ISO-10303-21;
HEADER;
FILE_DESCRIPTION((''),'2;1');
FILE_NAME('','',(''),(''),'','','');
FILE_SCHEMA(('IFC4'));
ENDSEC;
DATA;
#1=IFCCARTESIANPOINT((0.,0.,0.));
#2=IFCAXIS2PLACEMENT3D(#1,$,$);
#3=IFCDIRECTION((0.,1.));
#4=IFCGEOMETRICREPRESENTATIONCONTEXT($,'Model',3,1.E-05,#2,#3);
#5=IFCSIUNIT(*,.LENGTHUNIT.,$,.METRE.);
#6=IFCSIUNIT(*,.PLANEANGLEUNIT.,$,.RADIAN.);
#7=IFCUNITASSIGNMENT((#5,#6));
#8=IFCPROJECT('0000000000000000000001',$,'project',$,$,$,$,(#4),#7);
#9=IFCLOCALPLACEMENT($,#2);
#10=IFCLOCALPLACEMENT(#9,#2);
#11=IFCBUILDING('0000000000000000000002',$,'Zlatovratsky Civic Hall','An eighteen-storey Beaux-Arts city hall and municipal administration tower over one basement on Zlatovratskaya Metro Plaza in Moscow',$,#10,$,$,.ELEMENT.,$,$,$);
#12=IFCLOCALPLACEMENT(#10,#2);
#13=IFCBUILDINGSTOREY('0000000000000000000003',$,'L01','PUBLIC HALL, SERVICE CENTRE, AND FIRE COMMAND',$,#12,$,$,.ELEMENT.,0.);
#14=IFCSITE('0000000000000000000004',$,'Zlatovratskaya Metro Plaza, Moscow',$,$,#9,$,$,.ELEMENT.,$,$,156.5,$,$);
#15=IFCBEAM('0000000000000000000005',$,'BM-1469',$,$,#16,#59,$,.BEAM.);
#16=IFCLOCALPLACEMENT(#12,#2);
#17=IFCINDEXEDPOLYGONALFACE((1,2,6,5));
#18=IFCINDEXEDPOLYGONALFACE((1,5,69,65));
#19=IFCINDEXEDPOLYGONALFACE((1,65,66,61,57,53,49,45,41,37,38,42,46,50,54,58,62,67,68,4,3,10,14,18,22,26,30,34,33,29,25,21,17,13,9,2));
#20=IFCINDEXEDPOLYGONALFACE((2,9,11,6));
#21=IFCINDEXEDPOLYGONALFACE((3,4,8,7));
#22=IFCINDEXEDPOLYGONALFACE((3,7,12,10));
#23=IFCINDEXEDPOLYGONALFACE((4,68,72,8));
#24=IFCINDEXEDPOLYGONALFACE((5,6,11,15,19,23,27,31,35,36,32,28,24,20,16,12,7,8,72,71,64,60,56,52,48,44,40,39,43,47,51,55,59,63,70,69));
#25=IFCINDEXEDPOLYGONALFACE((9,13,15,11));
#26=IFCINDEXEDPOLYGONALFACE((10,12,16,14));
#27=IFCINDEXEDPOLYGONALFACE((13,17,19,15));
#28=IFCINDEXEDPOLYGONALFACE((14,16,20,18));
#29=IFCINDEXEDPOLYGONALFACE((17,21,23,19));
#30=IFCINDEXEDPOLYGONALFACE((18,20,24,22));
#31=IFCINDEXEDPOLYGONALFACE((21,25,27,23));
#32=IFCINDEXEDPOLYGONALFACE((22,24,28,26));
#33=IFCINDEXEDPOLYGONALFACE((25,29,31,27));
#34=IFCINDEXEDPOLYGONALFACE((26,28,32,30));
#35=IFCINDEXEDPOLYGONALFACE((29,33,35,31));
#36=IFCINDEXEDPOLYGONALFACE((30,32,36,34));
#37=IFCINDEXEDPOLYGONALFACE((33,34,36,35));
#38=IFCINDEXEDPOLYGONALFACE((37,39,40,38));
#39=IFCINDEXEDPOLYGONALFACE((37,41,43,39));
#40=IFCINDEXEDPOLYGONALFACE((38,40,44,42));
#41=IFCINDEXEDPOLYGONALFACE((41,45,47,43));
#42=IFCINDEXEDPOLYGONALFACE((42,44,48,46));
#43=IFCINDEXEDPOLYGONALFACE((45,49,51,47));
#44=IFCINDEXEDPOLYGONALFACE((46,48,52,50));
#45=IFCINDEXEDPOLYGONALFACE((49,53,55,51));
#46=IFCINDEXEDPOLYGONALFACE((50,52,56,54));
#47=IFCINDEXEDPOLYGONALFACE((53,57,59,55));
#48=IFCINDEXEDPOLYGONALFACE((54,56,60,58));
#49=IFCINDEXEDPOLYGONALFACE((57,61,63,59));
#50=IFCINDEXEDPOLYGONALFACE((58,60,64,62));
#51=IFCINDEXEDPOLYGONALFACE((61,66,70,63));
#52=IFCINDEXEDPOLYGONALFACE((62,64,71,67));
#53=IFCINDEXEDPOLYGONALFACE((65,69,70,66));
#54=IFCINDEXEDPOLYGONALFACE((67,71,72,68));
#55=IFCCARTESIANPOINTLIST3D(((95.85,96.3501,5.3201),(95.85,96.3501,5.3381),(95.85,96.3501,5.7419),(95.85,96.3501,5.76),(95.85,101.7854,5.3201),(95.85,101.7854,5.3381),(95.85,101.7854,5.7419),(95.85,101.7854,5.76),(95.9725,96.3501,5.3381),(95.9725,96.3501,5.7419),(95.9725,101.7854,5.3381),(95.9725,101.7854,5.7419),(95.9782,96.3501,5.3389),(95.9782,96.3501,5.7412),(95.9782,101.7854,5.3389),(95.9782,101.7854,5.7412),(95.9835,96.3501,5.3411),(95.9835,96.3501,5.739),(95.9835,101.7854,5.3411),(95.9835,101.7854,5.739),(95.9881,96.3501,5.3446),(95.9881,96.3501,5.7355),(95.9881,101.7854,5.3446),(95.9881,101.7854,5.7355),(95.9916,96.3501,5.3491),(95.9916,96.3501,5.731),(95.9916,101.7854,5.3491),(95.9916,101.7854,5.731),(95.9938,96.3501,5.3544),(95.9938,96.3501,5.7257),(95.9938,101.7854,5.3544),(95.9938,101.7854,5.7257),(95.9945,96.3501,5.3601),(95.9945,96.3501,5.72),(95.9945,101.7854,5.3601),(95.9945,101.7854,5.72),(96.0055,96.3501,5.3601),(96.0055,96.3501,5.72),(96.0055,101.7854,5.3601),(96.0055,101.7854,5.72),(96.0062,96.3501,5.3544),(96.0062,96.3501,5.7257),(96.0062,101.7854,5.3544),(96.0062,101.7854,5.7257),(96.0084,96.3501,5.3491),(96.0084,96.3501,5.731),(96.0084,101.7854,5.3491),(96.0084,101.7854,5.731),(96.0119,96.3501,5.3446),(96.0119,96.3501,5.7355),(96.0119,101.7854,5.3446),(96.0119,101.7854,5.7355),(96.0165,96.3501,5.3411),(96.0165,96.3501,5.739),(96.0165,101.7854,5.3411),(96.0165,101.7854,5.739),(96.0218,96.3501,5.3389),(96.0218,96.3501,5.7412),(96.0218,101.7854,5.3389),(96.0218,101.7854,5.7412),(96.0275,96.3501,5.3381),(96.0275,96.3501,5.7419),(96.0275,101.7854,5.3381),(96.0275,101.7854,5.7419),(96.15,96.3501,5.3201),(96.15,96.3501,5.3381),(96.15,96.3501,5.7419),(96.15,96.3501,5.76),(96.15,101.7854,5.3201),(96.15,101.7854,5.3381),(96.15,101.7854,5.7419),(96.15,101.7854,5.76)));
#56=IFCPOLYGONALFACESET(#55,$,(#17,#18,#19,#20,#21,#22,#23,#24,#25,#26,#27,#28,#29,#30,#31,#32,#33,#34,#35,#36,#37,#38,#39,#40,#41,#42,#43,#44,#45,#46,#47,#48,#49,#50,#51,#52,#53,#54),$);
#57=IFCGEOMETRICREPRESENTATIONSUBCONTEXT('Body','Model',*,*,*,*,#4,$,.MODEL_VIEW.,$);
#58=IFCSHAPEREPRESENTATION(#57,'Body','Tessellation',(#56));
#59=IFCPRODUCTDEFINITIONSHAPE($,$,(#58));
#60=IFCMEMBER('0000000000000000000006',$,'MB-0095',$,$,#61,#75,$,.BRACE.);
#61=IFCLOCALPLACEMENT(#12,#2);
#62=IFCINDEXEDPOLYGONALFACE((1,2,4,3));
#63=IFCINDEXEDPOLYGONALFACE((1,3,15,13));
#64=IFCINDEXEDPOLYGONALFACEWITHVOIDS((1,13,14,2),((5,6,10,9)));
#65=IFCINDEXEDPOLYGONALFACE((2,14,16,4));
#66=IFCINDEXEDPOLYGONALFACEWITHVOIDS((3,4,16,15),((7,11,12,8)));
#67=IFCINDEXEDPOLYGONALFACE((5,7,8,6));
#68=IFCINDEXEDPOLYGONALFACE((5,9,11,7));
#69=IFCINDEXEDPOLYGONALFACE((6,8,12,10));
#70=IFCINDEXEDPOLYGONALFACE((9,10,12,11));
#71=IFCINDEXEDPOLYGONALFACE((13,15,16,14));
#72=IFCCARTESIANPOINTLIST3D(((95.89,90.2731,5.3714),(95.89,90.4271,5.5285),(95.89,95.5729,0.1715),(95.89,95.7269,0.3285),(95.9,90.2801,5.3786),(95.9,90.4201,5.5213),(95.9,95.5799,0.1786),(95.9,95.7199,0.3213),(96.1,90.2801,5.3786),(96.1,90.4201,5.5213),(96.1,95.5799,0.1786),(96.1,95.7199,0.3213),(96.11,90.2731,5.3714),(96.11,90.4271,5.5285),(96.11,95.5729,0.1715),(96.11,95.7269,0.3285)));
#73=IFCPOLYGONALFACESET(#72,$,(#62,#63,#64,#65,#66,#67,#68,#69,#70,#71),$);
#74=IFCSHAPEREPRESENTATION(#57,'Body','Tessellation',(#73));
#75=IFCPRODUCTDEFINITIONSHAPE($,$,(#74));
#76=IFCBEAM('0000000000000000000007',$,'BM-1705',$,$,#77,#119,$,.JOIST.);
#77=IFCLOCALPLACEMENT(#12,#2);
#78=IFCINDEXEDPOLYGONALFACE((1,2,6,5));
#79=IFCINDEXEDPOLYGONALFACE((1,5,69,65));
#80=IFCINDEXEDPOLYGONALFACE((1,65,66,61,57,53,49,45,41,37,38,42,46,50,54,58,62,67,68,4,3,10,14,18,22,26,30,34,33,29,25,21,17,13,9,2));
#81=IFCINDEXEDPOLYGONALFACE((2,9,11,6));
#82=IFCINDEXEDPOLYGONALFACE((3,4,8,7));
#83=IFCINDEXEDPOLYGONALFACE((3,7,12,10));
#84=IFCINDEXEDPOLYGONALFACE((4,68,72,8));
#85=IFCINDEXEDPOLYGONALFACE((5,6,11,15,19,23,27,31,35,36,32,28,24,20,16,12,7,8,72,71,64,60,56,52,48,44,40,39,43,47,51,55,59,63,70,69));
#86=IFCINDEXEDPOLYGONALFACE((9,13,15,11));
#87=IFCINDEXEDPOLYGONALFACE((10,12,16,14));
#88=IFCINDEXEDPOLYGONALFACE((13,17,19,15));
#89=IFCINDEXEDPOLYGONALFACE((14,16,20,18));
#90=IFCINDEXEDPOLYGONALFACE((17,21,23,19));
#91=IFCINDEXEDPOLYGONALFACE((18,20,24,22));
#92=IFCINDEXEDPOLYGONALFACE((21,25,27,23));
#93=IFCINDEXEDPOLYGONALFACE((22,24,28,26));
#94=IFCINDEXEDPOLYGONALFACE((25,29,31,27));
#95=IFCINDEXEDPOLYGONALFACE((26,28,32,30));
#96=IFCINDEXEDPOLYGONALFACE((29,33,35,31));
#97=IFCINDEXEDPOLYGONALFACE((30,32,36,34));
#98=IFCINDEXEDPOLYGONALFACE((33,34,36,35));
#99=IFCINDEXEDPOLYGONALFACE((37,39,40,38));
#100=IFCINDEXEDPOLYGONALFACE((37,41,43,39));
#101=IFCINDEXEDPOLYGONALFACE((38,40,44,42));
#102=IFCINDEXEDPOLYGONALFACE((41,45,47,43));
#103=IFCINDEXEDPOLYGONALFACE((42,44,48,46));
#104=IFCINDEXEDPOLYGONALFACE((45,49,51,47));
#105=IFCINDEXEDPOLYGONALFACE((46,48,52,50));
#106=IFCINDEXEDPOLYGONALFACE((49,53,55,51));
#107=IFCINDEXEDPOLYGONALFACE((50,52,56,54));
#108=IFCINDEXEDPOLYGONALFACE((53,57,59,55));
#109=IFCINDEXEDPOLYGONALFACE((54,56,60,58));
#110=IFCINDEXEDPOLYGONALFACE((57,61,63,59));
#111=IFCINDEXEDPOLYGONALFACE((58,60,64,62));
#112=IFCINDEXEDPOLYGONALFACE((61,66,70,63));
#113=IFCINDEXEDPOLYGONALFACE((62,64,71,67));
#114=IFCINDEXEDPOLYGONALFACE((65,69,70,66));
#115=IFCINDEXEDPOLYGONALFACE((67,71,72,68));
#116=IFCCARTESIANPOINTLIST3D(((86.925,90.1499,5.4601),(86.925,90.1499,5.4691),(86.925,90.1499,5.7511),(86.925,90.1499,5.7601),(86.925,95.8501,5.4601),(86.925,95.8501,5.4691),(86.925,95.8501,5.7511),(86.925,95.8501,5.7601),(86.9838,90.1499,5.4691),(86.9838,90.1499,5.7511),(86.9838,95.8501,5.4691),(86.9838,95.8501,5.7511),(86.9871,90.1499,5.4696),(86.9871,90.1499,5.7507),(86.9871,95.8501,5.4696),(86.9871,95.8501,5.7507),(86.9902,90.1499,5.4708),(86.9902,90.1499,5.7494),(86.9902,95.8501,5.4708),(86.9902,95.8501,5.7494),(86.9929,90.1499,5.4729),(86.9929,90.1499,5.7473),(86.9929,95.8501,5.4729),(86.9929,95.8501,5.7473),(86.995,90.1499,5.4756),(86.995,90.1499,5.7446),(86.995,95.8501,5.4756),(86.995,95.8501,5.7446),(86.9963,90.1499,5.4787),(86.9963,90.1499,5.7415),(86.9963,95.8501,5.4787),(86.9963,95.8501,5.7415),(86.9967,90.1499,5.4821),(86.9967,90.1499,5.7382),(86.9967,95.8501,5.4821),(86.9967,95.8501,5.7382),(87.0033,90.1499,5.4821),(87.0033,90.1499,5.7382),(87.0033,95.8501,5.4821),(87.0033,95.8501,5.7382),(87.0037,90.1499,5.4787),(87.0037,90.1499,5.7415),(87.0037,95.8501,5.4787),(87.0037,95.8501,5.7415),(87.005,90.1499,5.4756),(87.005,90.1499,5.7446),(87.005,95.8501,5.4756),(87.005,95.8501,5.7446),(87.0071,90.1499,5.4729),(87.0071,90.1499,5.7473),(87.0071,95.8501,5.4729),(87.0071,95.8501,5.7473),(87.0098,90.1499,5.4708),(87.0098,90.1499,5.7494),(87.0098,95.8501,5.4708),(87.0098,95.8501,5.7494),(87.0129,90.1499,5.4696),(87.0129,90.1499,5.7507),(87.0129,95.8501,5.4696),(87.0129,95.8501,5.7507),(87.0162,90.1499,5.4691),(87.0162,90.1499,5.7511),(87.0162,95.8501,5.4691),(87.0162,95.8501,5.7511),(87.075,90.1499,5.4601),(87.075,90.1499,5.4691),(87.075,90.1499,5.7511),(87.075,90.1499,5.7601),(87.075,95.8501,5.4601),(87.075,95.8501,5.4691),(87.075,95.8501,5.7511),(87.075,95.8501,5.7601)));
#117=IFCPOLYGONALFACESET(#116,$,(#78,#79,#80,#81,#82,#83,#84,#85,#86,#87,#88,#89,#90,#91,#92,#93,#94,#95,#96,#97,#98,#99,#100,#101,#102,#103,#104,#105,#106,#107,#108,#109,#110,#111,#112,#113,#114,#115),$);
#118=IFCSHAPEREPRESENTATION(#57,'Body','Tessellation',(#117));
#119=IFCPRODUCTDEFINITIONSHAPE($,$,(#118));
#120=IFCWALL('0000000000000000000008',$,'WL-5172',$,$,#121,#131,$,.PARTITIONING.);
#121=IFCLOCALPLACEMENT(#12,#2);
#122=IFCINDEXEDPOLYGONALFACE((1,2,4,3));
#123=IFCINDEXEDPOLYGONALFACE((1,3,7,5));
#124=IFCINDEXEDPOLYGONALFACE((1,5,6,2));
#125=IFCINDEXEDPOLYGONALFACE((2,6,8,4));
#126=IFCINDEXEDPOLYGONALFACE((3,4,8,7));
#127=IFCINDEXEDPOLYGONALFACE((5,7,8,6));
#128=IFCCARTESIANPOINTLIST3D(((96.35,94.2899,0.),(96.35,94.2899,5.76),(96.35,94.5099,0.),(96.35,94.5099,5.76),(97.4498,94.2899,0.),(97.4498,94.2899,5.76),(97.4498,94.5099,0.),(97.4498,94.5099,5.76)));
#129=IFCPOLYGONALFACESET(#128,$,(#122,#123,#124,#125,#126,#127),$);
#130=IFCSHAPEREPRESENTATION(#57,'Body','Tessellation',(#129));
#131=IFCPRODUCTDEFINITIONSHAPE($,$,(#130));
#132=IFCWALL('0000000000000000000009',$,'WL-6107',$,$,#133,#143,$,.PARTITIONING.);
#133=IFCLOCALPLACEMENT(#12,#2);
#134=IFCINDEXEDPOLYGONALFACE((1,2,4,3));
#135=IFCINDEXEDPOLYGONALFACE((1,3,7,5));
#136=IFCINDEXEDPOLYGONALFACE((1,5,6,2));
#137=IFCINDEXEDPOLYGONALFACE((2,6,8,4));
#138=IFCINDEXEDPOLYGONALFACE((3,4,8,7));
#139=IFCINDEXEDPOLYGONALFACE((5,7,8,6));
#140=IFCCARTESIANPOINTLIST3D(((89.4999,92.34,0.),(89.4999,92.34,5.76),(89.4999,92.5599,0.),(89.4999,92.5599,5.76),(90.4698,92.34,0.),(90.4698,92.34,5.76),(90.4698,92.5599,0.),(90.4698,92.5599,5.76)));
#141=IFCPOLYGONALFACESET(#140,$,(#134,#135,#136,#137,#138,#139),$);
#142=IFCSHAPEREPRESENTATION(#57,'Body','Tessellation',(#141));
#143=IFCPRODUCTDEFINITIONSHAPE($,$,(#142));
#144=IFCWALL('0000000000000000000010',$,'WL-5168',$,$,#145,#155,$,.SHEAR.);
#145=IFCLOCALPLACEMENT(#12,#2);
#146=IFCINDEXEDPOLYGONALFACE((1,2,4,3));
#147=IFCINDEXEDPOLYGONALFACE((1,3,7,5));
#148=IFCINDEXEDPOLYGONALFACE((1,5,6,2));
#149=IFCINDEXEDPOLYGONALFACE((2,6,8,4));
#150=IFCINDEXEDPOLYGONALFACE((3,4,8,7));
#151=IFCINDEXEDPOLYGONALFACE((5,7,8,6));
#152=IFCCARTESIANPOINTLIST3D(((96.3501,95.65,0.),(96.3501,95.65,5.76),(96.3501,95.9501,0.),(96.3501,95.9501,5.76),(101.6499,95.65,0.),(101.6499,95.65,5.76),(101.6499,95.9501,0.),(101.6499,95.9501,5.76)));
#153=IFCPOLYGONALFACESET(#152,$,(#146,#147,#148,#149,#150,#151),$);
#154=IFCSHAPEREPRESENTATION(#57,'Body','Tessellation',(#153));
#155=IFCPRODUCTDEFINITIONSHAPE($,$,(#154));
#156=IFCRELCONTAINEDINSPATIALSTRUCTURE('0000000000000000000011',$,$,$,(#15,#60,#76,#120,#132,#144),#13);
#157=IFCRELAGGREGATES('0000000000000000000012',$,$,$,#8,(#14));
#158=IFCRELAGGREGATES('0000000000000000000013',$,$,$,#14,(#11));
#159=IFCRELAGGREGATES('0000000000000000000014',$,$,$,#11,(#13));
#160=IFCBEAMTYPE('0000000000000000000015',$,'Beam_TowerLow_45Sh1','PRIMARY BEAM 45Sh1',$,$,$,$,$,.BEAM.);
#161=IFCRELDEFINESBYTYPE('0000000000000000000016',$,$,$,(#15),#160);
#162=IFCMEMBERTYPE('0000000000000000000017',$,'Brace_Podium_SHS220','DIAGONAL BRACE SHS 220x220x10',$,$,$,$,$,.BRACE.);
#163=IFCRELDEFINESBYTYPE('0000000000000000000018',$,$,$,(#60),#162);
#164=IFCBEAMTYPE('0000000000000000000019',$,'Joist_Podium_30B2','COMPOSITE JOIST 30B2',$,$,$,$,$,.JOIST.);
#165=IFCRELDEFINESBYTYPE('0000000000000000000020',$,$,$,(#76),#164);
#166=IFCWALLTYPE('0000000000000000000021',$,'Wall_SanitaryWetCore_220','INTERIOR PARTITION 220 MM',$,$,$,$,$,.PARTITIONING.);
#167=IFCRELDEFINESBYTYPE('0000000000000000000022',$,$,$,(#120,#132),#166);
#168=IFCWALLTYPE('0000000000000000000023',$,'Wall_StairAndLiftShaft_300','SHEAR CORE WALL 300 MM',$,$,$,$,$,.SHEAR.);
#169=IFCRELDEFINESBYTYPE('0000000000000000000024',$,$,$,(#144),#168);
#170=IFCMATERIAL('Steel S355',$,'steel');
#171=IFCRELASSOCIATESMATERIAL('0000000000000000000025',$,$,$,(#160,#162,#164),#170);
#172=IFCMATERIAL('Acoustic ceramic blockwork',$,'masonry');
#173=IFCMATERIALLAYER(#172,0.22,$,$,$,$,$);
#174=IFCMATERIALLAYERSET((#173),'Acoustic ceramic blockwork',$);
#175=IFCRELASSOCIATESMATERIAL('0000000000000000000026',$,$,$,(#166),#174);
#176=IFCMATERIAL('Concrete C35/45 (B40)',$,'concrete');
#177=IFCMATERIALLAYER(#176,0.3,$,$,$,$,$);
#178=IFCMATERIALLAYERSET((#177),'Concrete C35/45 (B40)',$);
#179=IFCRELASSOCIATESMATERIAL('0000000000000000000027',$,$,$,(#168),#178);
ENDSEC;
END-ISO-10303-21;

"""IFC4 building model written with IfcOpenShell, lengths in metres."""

from ifc_helpers import new_model, si_unit, direction, frame, frame_2d, origin, origin_2d, place, context, subcontext, project, spatial, rectangle, hollow_rectangle, i_section, extrude, material, layer, layer_set, material_profile, profile_set, type_object, element, save


model = new_model("IFC4")

# Units and contexts
model_context = context("Model", 3, precision=1e-05, world=origin(), true_north=direction((0.0, 1.0)))
body_context = subcontext(model_context, "Body", "Model", "MODEL_VIEW")
ifc_project = project(units=[si_unit("LENGTHUNIT", "METRE"), si_unit("PLANEANGLEUNIT", "RADIAN")], contexts=[model_context])

# Site, building, storey
site_placement = place(None, origin())
site = spatial("IfcSite", under=ifc_project, at=site_placement, Name="Zlatovratskaya Metro Plaza, Moscow", CompositionType="ELEMENT", RefElevation=156.5)
building_placement = place(site_placement, origin())
building = spatial("IfcBuilding", under=site, at=building_placement, Name="Zlatovratsky Civic Hall", Description="An eighteen-storey Beaux-Arts city hall and municipal administration tower over one basement on Zlatovratskaya Metro Plaza in Moscow", CompositionType="ELEMENT")
storey_placement = place(building_placement, origin())
storey = spatial("IfcBuildingStorey", under=building, at=storey_placement, Name="L01", Description="PUBLIC HALL, SERVICE CENTRE, AND FIRE COMMAND", CompositionType="ELEMENT", Elevation=0.0)

# Shared definitions
ifc_material_1 = material(Name="Concrete C35/45 (B40)", Category="concrete")
ifc_material_2 = material(Name="Steel S355", Category="steel")

# Beam
ifc_material_profile_1 = material_profile(ifc_material_2, i_section(OverallWidth=0.3, OverallDepth=0.4399, WebThickness=0.011, FlangeThickness=0.0181, FilletRadius=0.022, at=origin_2d()), Name="45Sh1")
ifc_profile_set_1 = profile_set([ifc_material_profile_1], Name="Steel S355")
beam_type_1 = type_object("IfcBeamType", Name="Beam_TowerLow_45Sh1", Description="PRIMARY BEAM 45Sh1", PredefinedType="BEAM", material=ifc_profile_set_1)
beam_1_placement = place(storey_placement, frame((96.0, 96.3501, 5.54), z_axis=(0.0, 1.0, 0.0), x_axis=(-1.0, 0.0, 0.0)))
element("IfcBeam", 1, at=beam_1_placement, inside=storey, type_object=beam_type_1, Name="BM-1469", PredefinedType="BEAM", context=body_context, shape_type="SweptSolid", body=[
    extrude(i_section(OverallWidth=0.3, OverallDepth=0.4399, WebThickness=0.011, FlangeThickness=0.0181, FilletRadius=0.022, at=origin_2d()), origin(), (0.0, 0.0, 1.0), 5.4353),
])

# Member
ifc_material_profile_2 = material_profile(ifc_material_2, hollow_rectangle(XDim=0.22, YDim=0.22, WallThickness=0.01, at=origin_2d()), Name="SHS 220x220x10")
ifc_profile_set_2 = profile_set([ifc_material_profile_2], Name="Steel S355")
member_type = type_object("IfcMemberType", Name="Brace_Podium_SHS220", Description="DIAGONAL BRACE SHS 220x220x10", PredefinedType="BRACE", material=ifc_profile_set_2)
member_placement = place(storey_placement, frame((96.0, 90.3501, 5.45), z_axis=(0.0, 0.713799, -0.70035), x_axis=(-1.0, 0.0, 0.0)))
element("IfcMember", 2, at=member_placement, inside=storey, type_object=member_type, Name="MB-0095", PredefinedType="BRACE", context=body_context, shape_type="SweptSolid", body=[
    extrude(hollow_rectangle(XDim=0.22, YDim=0.22, WallThickness=0.01, at=origin_2d()), origin(), (0.0, 0.0, 1.0), 7.4248),
])

# Beam
ifc_material_profile_3 = material_profile(ifc_material_2, i_section(OverallWidth=0.1499, OverallDepth=0.3, WebThickness=0.0066, FlangeThickness=0.009, FilletRadius=0.0129, at=origin_2d()), Name="30B2")
ifc_profile_set_3 = profile_set([ifc_material_profile_3], Name="Steel S355")
beam_type_2 = type_object("IfcBeamType", Name="Joist_Podium_30B2", Description="COMPOSITE JOIST 30B2", PredefinedType="JOIST", material=ifc_profile_set_3)
beam_2_placement = place(storey_placement, frame((87.0, 90.1499, 5.6101), z_axis=(0.0, 1.0, 0.0), x_axis=(-1.0, 0.0, 0.0)))
element("IfcBeam", 3, at=beam_2_placement, inside=storey, type_object=beam_type_2, Name="BM-1705", PredefinedType="JOIST", context=body_context, shape_type="SweptSolid", body=[
    extrude(i_section(OverallWidth=0.1499, OverallDepth=0.3, WebThickness=0.0066, FlangeThickness=0.009, FilletRadius=0.0129, at=origin_2d()), origin(), (0.0, 0.0, 1.0), 5.7002),
])

# Walls
ifc_material_3 = material(Name="Acoustic ceramic blockwork", Category="masonry")
ifc_layer_1 = layer(ifc_material_3, 0.22)
ifc_layer_set_1 = layer_set([ifc_layer_1], Name="Acoustic ceramic blockwork")
wall_type_1 = type_object("IfcWallType", Name="Wall_SanitaryWetCore_220", Description="INTERIOR PARTITION 220 MM", PredefinedType="PARTITIONING", material=ifc_layer_set_1)
wall_1_placement = place(storey_placement, frame((96.3501, 94.3999, 0.0), z_axis=(0.0, 0.0, 1.0), x_axis=(1.0, 0.0, 0.0)))
element("IfcWall", 4, at=wall_1_placement, inside=storey, type_object=wall_type_1, Name="WL-5172", PredefinedType="PARTITIONING", context=body_context, shape_type="SweptSolid", body=[
    extrude(rectangle(XDim=1.0999, YDim=0.22, at=frame_2d((0.5498, 0.0))), origin(), (0.0, 0.0, 1.0), 5.76),
])
wall_2_placement = place(storey_placement, frame((89.5, 92.45, 0.0), z_axis=(0.0, 0.0, 1.0), x_axis=(1.0, 0.0, 0.0)))
element("IfcWall", 5, at=wall_2_placement, inside=storey, type_object=wall_type_1, Name="WL-6107", PredefinedType="PARTITIONING", context=body_context, shape_type="SweptSolid", body=[
    extrude(rectangle(XDim=0.97, YDim=0.22, at=frame_2d((0.4849, 0.0))), origin(), (0.0, 0.0, 1.0), 5.76),
])
ifc_layer_2 = layer(ifc_material_1, 0.3)
ifc_layer_set_2 = layer_set([ifc_layer_2], Name="Concrete C35/45 (B40)")
wall_type_2 = type_object("IfcWallType", Name="Wall_StairAndLiftShaft_300", Description="SHEAR CORE WALL 300 MM", PredefinedType="SHEAR", material=ifc_layer_set_2)
wall_3_placement = place(storey_placement, frame((96.3501, 95.8, 0.0), z_axis=(0.0, 0.0, 1.0), x_axis=(1.0, 0.0, 0.0)))
element("IfcWall", 6, at=wall_3_placement, inside=storey, type_object=wall_type_2, Name="WL-5168", PredefinedType="SHEAR", context=body_context, shape_type="SweptSolid", body=[
    extrude(rectangle(XDim=5.2998, YDim=0.3, at=frame_2d((2.6499, 0.0))), origin(), (0.0, 0.0, 1.0), 5.76),
])

save(model, "model.ifc")
